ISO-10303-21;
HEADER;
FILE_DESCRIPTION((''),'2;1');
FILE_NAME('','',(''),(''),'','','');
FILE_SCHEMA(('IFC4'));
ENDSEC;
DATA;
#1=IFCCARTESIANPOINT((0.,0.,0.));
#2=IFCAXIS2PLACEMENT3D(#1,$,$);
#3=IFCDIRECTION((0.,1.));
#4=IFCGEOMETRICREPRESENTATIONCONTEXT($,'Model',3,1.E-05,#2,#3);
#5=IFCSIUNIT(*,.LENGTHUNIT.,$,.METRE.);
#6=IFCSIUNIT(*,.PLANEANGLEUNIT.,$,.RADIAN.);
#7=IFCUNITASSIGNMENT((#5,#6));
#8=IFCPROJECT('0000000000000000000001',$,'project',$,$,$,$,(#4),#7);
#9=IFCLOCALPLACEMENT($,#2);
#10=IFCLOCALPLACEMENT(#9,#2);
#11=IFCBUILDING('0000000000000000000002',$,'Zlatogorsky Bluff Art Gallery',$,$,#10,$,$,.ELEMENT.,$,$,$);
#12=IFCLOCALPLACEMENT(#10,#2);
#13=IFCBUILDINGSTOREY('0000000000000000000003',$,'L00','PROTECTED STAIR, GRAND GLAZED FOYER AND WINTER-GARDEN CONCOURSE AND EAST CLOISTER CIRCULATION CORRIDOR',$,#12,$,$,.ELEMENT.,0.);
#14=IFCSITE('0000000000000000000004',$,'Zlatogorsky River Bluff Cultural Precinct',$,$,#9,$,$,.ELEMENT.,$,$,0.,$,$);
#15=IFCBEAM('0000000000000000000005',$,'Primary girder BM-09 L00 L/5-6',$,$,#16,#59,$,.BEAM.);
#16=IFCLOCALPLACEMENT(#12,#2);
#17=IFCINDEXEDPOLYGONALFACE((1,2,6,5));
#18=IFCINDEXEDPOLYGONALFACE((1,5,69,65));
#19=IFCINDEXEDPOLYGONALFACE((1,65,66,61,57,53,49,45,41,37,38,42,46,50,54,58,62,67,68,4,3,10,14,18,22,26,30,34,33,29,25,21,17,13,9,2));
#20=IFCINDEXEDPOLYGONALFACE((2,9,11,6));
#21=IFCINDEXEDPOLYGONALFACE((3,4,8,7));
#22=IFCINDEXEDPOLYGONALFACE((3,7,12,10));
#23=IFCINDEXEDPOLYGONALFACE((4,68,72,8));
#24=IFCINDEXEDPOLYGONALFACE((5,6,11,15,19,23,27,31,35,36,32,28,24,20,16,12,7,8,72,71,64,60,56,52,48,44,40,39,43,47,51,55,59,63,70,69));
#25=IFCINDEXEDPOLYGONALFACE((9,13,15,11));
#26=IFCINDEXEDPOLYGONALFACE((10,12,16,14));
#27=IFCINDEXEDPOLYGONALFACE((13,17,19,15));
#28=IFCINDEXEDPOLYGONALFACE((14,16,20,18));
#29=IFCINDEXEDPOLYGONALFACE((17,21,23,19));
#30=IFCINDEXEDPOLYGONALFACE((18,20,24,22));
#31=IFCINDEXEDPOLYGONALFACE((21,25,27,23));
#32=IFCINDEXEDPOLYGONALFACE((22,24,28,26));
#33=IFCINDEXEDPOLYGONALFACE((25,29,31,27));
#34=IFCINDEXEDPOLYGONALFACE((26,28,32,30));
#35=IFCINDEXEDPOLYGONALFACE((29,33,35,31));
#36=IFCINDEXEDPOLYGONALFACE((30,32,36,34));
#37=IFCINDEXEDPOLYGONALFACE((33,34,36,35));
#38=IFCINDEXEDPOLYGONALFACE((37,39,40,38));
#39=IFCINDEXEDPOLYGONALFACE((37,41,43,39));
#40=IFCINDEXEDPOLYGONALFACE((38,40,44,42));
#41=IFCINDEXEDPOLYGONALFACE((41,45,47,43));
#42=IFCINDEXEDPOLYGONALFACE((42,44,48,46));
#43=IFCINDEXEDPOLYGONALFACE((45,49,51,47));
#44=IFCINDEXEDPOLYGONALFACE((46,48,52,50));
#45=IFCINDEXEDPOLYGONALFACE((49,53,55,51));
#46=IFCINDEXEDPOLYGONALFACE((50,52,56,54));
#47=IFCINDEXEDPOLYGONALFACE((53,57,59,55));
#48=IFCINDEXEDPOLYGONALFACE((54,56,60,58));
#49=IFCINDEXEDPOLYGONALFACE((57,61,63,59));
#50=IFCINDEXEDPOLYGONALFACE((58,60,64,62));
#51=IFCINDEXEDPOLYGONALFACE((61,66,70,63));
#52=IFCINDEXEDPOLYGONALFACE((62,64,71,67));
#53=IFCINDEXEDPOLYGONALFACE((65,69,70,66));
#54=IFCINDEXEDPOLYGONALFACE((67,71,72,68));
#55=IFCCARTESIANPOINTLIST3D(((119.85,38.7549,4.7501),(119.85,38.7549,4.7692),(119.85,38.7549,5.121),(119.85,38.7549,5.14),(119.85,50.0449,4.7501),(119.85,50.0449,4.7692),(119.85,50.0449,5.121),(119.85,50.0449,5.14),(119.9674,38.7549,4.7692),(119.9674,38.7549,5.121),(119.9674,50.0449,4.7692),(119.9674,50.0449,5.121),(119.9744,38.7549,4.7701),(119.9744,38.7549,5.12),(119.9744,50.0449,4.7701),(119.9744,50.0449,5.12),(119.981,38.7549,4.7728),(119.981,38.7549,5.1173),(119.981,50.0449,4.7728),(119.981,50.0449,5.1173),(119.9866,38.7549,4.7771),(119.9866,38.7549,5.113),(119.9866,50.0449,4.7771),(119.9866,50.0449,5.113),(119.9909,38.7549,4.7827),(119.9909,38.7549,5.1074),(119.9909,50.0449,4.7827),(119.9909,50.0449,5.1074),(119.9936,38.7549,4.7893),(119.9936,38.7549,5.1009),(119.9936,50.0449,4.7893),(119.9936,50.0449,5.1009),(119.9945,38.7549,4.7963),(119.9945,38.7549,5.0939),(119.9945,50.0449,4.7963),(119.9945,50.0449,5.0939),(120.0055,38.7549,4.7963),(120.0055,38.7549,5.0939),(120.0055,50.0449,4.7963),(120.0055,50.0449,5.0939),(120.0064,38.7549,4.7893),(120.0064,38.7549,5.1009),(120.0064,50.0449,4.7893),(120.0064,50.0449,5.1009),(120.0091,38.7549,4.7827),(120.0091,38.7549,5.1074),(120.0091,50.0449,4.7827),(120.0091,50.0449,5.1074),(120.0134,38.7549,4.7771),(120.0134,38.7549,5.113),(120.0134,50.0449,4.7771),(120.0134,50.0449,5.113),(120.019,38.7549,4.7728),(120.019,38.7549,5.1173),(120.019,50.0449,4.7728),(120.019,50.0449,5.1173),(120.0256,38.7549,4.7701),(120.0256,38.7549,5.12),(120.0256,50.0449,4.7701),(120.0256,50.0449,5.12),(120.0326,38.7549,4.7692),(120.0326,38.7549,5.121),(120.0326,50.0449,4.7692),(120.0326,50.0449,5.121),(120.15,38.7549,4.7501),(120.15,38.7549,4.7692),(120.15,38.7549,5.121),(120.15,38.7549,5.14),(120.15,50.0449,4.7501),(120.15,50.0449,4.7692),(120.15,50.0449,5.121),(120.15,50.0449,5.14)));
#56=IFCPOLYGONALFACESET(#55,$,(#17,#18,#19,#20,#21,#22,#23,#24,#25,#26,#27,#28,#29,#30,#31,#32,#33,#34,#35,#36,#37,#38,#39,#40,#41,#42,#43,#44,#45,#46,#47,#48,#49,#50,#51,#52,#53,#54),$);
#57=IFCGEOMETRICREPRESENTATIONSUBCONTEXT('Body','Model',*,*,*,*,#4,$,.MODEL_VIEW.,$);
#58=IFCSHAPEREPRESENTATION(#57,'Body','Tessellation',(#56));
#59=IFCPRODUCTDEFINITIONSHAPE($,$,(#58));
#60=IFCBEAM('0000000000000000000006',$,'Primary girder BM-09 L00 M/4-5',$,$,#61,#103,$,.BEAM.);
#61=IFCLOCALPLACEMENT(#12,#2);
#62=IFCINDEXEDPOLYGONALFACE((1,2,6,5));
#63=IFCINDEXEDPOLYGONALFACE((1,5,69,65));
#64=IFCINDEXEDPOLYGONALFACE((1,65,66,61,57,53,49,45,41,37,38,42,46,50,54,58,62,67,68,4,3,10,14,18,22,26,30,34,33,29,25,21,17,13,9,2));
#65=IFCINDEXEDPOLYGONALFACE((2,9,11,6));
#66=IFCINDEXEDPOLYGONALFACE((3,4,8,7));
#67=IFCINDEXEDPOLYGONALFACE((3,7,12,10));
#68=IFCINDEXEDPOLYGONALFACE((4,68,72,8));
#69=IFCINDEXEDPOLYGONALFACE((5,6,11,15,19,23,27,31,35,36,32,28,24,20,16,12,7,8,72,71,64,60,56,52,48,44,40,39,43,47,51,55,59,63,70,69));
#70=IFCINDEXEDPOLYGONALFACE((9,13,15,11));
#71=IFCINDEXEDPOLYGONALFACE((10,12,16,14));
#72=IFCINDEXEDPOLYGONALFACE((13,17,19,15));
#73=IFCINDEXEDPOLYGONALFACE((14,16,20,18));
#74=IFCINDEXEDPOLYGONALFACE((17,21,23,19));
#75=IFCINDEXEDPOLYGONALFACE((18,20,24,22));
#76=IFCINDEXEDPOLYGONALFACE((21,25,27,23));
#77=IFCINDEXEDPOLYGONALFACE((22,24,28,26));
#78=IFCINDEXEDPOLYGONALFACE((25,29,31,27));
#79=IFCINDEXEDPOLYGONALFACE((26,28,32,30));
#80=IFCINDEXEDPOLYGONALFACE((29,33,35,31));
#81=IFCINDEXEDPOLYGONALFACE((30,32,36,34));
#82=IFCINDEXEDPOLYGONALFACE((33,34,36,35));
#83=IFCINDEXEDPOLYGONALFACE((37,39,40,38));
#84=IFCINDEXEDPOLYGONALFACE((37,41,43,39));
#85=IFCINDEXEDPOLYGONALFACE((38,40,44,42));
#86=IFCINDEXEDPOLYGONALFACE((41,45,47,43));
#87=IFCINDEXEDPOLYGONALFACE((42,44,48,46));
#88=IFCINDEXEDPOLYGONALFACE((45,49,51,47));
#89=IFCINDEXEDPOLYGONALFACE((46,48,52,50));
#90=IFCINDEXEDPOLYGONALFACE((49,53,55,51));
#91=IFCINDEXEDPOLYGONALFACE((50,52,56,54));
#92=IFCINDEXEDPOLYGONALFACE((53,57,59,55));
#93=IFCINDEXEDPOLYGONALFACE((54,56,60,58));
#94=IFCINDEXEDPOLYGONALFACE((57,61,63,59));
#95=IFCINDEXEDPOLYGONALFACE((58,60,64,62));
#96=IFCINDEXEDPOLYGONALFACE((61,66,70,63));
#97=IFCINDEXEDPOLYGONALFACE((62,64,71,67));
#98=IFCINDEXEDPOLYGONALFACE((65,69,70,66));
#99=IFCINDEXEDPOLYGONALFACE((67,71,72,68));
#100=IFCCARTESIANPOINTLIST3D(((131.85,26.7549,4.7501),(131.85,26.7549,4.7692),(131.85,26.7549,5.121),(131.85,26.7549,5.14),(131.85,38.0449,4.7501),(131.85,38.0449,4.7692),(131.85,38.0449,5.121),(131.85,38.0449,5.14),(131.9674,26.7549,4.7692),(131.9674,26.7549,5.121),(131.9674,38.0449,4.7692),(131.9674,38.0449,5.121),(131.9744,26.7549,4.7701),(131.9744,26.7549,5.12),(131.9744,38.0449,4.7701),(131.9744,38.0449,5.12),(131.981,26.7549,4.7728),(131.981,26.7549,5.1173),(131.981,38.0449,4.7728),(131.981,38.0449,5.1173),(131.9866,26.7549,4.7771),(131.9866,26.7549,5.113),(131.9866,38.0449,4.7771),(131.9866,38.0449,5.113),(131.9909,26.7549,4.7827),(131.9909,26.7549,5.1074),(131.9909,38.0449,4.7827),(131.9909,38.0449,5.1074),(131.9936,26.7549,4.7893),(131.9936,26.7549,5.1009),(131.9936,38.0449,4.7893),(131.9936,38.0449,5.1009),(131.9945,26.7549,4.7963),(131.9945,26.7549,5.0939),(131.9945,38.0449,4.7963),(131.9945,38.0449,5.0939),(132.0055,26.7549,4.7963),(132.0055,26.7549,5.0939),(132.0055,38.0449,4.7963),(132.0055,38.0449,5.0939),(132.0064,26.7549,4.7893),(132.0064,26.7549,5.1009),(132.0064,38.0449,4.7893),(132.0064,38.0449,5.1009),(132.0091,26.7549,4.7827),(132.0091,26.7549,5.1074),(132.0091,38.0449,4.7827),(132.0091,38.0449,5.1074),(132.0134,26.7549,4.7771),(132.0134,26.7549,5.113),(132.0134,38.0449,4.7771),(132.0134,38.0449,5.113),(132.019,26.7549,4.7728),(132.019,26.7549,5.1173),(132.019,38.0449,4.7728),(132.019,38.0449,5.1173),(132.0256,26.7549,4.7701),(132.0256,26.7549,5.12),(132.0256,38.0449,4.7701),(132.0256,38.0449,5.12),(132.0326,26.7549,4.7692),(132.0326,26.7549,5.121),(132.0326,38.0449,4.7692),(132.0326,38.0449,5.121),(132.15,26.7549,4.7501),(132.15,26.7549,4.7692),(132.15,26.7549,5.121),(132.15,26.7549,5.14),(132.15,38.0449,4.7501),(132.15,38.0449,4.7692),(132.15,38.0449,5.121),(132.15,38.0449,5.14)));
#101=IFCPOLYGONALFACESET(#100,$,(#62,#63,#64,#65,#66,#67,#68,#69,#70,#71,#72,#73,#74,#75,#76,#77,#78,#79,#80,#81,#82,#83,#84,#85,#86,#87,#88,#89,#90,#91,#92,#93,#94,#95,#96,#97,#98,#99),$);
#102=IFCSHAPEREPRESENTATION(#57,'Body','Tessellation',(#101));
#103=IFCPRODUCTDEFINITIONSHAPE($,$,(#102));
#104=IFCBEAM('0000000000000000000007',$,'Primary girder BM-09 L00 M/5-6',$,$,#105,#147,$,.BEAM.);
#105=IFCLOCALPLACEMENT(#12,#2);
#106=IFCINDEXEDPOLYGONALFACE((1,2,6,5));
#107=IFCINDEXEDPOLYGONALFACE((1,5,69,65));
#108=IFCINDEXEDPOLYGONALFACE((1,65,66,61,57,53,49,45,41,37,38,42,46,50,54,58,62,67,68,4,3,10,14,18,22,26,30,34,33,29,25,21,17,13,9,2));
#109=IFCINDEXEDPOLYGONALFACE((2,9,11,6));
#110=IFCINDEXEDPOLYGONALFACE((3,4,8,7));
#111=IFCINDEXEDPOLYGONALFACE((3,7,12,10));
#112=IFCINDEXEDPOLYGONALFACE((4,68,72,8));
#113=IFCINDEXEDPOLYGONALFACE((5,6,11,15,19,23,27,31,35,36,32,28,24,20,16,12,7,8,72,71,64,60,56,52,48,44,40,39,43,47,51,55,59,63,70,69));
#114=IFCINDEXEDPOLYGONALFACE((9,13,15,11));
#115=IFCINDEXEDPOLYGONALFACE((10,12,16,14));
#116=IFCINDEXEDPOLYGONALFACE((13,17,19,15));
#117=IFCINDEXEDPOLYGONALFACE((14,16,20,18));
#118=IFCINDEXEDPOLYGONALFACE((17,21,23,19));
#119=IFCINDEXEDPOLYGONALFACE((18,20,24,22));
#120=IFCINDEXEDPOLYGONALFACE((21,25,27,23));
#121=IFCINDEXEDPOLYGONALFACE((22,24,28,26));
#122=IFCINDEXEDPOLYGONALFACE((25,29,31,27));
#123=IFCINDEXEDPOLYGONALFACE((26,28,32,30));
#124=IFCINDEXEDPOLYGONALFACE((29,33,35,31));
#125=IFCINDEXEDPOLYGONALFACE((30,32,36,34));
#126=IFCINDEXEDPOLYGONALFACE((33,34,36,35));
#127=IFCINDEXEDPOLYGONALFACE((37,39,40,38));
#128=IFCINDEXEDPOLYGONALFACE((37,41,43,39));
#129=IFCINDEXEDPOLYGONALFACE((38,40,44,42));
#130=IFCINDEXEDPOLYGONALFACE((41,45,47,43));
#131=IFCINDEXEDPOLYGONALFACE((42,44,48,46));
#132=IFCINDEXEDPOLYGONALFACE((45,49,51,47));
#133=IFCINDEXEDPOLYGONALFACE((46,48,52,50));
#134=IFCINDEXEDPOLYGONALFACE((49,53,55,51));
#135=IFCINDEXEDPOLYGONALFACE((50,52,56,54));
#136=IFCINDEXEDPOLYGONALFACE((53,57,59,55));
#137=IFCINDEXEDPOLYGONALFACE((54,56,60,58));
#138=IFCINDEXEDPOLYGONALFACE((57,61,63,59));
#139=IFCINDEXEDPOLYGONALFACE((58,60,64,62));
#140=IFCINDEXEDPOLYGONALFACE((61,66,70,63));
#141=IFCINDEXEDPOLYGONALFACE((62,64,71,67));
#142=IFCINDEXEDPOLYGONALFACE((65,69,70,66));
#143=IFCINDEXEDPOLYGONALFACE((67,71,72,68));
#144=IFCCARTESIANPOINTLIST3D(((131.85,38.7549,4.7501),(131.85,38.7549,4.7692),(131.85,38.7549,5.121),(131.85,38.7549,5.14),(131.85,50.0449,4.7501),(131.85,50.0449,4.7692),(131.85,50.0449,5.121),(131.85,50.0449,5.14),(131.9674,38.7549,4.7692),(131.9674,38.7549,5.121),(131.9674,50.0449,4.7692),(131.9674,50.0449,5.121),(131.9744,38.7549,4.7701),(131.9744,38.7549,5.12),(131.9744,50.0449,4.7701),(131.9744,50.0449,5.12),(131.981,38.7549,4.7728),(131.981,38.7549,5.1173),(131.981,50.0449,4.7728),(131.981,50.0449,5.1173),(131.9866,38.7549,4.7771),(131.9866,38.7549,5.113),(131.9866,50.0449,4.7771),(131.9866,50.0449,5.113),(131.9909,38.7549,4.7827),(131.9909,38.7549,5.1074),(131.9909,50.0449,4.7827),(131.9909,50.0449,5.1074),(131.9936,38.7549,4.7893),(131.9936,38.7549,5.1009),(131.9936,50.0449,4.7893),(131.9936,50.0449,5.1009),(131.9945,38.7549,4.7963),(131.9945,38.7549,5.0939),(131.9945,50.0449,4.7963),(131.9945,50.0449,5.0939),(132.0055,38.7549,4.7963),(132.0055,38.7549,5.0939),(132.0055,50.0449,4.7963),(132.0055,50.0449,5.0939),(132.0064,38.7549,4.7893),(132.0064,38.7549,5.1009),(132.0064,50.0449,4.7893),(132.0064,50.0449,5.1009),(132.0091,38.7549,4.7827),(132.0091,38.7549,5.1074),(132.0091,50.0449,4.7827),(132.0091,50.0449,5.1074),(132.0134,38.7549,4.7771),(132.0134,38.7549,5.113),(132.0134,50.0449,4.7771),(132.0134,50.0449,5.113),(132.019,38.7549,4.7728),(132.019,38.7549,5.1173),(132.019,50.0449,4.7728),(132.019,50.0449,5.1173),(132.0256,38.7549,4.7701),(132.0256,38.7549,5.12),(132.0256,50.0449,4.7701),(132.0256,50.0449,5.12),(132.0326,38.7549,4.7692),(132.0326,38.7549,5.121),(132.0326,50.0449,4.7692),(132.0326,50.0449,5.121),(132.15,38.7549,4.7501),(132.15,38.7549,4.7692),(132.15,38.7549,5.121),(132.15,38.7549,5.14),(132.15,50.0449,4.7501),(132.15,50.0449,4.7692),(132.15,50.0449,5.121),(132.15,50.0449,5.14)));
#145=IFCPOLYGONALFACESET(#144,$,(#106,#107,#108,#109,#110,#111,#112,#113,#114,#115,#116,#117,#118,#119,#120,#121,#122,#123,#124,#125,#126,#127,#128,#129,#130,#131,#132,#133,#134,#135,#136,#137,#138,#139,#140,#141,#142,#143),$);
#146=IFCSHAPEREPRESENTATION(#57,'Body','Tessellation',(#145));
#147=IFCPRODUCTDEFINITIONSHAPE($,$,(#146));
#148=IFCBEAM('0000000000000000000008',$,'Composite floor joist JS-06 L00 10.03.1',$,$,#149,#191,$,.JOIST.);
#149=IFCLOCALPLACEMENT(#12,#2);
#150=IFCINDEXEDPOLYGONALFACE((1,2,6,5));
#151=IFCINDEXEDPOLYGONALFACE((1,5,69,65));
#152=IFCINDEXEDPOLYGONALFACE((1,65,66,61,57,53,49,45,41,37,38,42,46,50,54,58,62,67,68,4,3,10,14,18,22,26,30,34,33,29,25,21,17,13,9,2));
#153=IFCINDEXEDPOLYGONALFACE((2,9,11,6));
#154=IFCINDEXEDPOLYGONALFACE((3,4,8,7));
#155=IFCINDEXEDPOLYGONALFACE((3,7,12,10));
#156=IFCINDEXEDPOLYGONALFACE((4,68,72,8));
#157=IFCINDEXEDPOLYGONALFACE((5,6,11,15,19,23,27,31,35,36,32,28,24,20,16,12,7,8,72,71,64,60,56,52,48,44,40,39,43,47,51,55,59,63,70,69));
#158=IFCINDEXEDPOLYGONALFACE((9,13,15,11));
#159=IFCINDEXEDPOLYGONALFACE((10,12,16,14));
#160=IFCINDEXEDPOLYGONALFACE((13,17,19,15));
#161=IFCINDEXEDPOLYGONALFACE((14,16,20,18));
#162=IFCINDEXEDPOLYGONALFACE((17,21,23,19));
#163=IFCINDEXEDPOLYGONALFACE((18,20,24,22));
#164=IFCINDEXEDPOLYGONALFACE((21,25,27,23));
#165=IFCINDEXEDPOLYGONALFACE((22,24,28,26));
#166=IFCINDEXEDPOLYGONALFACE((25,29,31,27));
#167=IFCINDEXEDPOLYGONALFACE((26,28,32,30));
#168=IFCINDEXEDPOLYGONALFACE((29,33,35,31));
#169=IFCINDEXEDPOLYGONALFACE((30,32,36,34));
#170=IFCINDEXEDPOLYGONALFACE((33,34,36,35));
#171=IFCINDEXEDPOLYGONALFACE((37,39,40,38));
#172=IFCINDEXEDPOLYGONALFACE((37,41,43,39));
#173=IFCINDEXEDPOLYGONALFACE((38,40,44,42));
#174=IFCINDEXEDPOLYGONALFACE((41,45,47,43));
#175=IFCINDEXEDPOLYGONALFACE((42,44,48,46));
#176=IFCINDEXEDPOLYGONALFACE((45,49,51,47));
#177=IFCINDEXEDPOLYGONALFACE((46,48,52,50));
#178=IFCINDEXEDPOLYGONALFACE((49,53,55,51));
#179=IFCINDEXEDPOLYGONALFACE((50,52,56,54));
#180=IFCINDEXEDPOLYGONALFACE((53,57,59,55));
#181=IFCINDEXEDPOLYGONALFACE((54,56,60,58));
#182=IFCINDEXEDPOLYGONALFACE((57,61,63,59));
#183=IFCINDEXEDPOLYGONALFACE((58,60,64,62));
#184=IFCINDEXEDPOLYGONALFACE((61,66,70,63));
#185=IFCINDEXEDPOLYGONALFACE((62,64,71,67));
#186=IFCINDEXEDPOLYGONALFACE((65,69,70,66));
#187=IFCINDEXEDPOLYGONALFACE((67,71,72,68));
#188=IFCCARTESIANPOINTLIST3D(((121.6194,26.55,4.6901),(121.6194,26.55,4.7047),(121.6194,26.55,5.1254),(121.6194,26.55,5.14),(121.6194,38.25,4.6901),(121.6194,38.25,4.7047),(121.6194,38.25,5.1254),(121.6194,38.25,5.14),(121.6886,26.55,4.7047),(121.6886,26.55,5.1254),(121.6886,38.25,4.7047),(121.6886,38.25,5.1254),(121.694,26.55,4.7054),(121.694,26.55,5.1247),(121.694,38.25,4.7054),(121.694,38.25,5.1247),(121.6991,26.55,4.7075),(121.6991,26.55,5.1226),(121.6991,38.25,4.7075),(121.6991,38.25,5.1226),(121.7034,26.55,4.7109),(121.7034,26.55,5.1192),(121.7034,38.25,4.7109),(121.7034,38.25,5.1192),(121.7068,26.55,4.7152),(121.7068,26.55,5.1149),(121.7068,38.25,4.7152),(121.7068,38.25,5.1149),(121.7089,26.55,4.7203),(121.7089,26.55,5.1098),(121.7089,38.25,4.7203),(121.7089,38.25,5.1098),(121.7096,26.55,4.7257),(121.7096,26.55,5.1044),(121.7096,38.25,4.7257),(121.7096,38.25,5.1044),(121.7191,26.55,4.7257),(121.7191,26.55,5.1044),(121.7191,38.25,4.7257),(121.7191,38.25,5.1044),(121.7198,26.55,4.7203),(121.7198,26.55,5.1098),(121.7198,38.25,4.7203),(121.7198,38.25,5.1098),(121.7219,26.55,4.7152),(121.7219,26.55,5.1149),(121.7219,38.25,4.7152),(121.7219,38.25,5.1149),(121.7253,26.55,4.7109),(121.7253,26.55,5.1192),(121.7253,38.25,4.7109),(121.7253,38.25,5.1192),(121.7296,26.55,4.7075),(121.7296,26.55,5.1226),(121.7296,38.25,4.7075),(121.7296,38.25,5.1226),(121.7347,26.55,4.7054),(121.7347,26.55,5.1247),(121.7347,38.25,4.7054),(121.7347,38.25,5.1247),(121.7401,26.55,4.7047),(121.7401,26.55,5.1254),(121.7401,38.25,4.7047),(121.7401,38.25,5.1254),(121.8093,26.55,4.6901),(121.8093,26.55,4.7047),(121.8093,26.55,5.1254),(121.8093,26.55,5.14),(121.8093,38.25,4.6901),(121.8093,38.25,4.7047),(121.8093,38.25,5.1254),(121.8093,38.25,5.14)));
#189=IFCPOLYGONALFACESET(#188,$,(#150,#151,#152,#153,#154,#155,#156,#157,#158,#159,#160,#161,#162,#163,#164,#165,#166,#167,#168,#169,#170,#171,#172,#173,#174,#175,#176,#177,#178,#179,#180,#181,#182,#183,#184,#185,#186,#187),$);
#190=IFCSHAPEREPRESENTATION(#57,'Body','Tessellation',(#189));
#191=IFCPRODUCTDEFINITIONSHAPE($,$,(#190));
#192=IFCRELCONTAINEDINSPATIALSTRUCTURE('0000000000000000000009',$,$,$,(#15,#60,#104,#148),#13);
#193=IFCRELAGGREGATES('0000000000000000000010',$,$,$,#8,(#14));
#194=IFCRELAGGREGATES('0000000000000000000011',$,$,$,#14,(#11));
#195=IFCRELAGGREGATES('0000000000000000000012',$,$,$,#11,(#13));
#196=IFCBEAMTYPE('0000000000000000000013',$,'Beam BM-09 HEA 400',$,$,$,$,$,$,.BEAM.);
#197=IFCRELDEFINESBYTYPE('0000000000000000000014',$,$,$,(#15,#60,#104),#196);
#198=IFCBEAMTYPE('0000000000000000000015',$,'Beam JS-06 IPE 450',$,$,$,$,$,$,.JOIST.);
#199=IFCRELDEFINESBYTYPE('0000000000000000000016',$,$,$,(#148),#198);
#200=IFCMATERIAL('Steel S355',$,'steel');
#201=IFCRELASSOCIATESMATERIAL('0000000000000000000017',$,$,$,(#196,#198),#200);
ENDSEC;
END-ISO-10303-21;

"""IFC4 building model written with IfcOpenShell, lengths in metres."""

from ifc_helpers import new_model, si_unit, direction, frame, origin, origin_2d, place, context, subcontext, project, spatial, i_section, extrude, material, material_profile, profile_set, type_object, element, save


model = new_model("IFC4")

# Units and contexts
model_context = context("Model", 3, precision=1e-05, world=origin(), true_north=direction((0.0, 1.0)))
body_context = subcontext(model_context, "Body", "Model", "MODEL_VIEW")
ifc_project = project(units=[si_unit("LENGTHUNIT", "METRE"), si_unit("PLANEANGLEUNIT", "RADIAN")], contexts=[model_context])

# Site, building, storey
site_placement = place(None, origin())
site = spatial("IfcSite", under=ifc_project, at=site_placement, Name="Zlatogorsky River Bluff Cultural Precinct", CompositionType="ELEMENT", RefElevation=0.0)
building_placement = place(site_placement, origin())
building = spatial("IfcBuilding", under=site, at=building_placement, Name="Zlatogorsky Bluff Art Gallery", CompositionType="ELEMENT")
storey_placement = place(building_placement, origin())
storey = spatial("IfcBuildingStorey", under=building, at=storey_placement, Name="L00", Description="PROTECTED STAIR, GRAND GLAZED FOYER AND WINTER-GARDEN CONCOURSE AND EAST CLOISTER CIRCULATION CORRIDOR", CompositionType="ELEMENT", Elevation=0.0)

# Beams
ifc_material_1 = material(Name="Steel S355", Category="steel")
ifc_material_profile_1 = material_profile(ifc_material_1, i_section(OverallWidth=0.3, OverallDepth=0.3899, WebThickness=0.011, FlangeThickness=0.019, FilletRadius=0.0271, at=origin_2d()), Name="HEA 400")
ifc_profile_set_1 = profile_set([ifc_material_profile_1], Name="Steel S355")
beam_type_1 = type_object("IfcBeamType", Name="Beam BM-09 HEA 400", PredefinedType="BEAM", material=ifc_profile_set_1)
for number, where, z_axis, x_axis, name in (
    (1, (120.0, 38.7549, 4.9451), (0.0, 1.0, 0.0), (-1.0, 0.0, 0.0), "Primary girder BM-09 L00 L/5-6"),
    (2, (132.0, 26.7549, 4.9451), (0.0, 1.0, 0.0), (-1.0, 0.0, 0.0), "Primary girder BM-09 L00 M/4-5"),
    (3, (132.0, 38.7549, 4.9451), (0.0, 1.0, 0.0), (-1.0, 0.0, 0.0), "Primary girder BM-09 L00 M/5-6"),
):
    element("IfcBeam", number, at=place(storey_placement, frame(where, z_axis=z_axis, x_axis=x_axis)), inside=storey, type_object=beam_type_1, Name=name, PredefinedType="BEAM", context=body_context, shape_type="SweptSolid", body=[
        extrude(i_section(OverallWidth=0.3, OverallDepth=0.3899, WebThickness=0.011, FlangeThickness=0.019, FilletRadius=0.0271, at=origin_2d()), origin(), (0.0, 0.0, 1.0), 11.29),
    ])
ifc_material_profile_2 = material_profile(ifc_material_1, i_section(OverallWidth=0.1899, OverallDepth=0.45, WebThickness=0.0095, FlangeThickness=0.0146, FilletRadius=0.021, at=origin_2d()), Name="IPE 450")
ifc_profile_set_2 = profile_set([ifc_material_profile_2], Name="Steel S355")
beam_type_2 = type_object("IfcBeamType", Name="Beam JS-06 IPE 450", PredefinedType="JOIST", material=ifc_profile_set_2)
for number, where, z_axis, x_axis, name in (
    (4, (121.7144, 26.55, 4.915), (0.0, 1.0, 0.0), (-1.0, 0.0, 0.0), "Composite floor joist JS-06 L00 10.03.1"),
):
    element("IfcBeam", number, at=place(storey_placement, frame(where, z_axis=z_axis, x_axis=x_axis)), inside=storey, type_object=beam_type_2, Name=name, PredefinedType="JOIST", context=body_context, shape_type="SweptSolid", body=[
        extrude(i_section(OverallWidth=0.1899, OverallDepth=0.45, WebThickness=0.0095, FlangeThickness=0.0146, FilletRadius=0.021, at=origin_2d()), origin(), (0.0, 0.0, 1.0), 11.7),
    ])

save(model, "model.ifc")
